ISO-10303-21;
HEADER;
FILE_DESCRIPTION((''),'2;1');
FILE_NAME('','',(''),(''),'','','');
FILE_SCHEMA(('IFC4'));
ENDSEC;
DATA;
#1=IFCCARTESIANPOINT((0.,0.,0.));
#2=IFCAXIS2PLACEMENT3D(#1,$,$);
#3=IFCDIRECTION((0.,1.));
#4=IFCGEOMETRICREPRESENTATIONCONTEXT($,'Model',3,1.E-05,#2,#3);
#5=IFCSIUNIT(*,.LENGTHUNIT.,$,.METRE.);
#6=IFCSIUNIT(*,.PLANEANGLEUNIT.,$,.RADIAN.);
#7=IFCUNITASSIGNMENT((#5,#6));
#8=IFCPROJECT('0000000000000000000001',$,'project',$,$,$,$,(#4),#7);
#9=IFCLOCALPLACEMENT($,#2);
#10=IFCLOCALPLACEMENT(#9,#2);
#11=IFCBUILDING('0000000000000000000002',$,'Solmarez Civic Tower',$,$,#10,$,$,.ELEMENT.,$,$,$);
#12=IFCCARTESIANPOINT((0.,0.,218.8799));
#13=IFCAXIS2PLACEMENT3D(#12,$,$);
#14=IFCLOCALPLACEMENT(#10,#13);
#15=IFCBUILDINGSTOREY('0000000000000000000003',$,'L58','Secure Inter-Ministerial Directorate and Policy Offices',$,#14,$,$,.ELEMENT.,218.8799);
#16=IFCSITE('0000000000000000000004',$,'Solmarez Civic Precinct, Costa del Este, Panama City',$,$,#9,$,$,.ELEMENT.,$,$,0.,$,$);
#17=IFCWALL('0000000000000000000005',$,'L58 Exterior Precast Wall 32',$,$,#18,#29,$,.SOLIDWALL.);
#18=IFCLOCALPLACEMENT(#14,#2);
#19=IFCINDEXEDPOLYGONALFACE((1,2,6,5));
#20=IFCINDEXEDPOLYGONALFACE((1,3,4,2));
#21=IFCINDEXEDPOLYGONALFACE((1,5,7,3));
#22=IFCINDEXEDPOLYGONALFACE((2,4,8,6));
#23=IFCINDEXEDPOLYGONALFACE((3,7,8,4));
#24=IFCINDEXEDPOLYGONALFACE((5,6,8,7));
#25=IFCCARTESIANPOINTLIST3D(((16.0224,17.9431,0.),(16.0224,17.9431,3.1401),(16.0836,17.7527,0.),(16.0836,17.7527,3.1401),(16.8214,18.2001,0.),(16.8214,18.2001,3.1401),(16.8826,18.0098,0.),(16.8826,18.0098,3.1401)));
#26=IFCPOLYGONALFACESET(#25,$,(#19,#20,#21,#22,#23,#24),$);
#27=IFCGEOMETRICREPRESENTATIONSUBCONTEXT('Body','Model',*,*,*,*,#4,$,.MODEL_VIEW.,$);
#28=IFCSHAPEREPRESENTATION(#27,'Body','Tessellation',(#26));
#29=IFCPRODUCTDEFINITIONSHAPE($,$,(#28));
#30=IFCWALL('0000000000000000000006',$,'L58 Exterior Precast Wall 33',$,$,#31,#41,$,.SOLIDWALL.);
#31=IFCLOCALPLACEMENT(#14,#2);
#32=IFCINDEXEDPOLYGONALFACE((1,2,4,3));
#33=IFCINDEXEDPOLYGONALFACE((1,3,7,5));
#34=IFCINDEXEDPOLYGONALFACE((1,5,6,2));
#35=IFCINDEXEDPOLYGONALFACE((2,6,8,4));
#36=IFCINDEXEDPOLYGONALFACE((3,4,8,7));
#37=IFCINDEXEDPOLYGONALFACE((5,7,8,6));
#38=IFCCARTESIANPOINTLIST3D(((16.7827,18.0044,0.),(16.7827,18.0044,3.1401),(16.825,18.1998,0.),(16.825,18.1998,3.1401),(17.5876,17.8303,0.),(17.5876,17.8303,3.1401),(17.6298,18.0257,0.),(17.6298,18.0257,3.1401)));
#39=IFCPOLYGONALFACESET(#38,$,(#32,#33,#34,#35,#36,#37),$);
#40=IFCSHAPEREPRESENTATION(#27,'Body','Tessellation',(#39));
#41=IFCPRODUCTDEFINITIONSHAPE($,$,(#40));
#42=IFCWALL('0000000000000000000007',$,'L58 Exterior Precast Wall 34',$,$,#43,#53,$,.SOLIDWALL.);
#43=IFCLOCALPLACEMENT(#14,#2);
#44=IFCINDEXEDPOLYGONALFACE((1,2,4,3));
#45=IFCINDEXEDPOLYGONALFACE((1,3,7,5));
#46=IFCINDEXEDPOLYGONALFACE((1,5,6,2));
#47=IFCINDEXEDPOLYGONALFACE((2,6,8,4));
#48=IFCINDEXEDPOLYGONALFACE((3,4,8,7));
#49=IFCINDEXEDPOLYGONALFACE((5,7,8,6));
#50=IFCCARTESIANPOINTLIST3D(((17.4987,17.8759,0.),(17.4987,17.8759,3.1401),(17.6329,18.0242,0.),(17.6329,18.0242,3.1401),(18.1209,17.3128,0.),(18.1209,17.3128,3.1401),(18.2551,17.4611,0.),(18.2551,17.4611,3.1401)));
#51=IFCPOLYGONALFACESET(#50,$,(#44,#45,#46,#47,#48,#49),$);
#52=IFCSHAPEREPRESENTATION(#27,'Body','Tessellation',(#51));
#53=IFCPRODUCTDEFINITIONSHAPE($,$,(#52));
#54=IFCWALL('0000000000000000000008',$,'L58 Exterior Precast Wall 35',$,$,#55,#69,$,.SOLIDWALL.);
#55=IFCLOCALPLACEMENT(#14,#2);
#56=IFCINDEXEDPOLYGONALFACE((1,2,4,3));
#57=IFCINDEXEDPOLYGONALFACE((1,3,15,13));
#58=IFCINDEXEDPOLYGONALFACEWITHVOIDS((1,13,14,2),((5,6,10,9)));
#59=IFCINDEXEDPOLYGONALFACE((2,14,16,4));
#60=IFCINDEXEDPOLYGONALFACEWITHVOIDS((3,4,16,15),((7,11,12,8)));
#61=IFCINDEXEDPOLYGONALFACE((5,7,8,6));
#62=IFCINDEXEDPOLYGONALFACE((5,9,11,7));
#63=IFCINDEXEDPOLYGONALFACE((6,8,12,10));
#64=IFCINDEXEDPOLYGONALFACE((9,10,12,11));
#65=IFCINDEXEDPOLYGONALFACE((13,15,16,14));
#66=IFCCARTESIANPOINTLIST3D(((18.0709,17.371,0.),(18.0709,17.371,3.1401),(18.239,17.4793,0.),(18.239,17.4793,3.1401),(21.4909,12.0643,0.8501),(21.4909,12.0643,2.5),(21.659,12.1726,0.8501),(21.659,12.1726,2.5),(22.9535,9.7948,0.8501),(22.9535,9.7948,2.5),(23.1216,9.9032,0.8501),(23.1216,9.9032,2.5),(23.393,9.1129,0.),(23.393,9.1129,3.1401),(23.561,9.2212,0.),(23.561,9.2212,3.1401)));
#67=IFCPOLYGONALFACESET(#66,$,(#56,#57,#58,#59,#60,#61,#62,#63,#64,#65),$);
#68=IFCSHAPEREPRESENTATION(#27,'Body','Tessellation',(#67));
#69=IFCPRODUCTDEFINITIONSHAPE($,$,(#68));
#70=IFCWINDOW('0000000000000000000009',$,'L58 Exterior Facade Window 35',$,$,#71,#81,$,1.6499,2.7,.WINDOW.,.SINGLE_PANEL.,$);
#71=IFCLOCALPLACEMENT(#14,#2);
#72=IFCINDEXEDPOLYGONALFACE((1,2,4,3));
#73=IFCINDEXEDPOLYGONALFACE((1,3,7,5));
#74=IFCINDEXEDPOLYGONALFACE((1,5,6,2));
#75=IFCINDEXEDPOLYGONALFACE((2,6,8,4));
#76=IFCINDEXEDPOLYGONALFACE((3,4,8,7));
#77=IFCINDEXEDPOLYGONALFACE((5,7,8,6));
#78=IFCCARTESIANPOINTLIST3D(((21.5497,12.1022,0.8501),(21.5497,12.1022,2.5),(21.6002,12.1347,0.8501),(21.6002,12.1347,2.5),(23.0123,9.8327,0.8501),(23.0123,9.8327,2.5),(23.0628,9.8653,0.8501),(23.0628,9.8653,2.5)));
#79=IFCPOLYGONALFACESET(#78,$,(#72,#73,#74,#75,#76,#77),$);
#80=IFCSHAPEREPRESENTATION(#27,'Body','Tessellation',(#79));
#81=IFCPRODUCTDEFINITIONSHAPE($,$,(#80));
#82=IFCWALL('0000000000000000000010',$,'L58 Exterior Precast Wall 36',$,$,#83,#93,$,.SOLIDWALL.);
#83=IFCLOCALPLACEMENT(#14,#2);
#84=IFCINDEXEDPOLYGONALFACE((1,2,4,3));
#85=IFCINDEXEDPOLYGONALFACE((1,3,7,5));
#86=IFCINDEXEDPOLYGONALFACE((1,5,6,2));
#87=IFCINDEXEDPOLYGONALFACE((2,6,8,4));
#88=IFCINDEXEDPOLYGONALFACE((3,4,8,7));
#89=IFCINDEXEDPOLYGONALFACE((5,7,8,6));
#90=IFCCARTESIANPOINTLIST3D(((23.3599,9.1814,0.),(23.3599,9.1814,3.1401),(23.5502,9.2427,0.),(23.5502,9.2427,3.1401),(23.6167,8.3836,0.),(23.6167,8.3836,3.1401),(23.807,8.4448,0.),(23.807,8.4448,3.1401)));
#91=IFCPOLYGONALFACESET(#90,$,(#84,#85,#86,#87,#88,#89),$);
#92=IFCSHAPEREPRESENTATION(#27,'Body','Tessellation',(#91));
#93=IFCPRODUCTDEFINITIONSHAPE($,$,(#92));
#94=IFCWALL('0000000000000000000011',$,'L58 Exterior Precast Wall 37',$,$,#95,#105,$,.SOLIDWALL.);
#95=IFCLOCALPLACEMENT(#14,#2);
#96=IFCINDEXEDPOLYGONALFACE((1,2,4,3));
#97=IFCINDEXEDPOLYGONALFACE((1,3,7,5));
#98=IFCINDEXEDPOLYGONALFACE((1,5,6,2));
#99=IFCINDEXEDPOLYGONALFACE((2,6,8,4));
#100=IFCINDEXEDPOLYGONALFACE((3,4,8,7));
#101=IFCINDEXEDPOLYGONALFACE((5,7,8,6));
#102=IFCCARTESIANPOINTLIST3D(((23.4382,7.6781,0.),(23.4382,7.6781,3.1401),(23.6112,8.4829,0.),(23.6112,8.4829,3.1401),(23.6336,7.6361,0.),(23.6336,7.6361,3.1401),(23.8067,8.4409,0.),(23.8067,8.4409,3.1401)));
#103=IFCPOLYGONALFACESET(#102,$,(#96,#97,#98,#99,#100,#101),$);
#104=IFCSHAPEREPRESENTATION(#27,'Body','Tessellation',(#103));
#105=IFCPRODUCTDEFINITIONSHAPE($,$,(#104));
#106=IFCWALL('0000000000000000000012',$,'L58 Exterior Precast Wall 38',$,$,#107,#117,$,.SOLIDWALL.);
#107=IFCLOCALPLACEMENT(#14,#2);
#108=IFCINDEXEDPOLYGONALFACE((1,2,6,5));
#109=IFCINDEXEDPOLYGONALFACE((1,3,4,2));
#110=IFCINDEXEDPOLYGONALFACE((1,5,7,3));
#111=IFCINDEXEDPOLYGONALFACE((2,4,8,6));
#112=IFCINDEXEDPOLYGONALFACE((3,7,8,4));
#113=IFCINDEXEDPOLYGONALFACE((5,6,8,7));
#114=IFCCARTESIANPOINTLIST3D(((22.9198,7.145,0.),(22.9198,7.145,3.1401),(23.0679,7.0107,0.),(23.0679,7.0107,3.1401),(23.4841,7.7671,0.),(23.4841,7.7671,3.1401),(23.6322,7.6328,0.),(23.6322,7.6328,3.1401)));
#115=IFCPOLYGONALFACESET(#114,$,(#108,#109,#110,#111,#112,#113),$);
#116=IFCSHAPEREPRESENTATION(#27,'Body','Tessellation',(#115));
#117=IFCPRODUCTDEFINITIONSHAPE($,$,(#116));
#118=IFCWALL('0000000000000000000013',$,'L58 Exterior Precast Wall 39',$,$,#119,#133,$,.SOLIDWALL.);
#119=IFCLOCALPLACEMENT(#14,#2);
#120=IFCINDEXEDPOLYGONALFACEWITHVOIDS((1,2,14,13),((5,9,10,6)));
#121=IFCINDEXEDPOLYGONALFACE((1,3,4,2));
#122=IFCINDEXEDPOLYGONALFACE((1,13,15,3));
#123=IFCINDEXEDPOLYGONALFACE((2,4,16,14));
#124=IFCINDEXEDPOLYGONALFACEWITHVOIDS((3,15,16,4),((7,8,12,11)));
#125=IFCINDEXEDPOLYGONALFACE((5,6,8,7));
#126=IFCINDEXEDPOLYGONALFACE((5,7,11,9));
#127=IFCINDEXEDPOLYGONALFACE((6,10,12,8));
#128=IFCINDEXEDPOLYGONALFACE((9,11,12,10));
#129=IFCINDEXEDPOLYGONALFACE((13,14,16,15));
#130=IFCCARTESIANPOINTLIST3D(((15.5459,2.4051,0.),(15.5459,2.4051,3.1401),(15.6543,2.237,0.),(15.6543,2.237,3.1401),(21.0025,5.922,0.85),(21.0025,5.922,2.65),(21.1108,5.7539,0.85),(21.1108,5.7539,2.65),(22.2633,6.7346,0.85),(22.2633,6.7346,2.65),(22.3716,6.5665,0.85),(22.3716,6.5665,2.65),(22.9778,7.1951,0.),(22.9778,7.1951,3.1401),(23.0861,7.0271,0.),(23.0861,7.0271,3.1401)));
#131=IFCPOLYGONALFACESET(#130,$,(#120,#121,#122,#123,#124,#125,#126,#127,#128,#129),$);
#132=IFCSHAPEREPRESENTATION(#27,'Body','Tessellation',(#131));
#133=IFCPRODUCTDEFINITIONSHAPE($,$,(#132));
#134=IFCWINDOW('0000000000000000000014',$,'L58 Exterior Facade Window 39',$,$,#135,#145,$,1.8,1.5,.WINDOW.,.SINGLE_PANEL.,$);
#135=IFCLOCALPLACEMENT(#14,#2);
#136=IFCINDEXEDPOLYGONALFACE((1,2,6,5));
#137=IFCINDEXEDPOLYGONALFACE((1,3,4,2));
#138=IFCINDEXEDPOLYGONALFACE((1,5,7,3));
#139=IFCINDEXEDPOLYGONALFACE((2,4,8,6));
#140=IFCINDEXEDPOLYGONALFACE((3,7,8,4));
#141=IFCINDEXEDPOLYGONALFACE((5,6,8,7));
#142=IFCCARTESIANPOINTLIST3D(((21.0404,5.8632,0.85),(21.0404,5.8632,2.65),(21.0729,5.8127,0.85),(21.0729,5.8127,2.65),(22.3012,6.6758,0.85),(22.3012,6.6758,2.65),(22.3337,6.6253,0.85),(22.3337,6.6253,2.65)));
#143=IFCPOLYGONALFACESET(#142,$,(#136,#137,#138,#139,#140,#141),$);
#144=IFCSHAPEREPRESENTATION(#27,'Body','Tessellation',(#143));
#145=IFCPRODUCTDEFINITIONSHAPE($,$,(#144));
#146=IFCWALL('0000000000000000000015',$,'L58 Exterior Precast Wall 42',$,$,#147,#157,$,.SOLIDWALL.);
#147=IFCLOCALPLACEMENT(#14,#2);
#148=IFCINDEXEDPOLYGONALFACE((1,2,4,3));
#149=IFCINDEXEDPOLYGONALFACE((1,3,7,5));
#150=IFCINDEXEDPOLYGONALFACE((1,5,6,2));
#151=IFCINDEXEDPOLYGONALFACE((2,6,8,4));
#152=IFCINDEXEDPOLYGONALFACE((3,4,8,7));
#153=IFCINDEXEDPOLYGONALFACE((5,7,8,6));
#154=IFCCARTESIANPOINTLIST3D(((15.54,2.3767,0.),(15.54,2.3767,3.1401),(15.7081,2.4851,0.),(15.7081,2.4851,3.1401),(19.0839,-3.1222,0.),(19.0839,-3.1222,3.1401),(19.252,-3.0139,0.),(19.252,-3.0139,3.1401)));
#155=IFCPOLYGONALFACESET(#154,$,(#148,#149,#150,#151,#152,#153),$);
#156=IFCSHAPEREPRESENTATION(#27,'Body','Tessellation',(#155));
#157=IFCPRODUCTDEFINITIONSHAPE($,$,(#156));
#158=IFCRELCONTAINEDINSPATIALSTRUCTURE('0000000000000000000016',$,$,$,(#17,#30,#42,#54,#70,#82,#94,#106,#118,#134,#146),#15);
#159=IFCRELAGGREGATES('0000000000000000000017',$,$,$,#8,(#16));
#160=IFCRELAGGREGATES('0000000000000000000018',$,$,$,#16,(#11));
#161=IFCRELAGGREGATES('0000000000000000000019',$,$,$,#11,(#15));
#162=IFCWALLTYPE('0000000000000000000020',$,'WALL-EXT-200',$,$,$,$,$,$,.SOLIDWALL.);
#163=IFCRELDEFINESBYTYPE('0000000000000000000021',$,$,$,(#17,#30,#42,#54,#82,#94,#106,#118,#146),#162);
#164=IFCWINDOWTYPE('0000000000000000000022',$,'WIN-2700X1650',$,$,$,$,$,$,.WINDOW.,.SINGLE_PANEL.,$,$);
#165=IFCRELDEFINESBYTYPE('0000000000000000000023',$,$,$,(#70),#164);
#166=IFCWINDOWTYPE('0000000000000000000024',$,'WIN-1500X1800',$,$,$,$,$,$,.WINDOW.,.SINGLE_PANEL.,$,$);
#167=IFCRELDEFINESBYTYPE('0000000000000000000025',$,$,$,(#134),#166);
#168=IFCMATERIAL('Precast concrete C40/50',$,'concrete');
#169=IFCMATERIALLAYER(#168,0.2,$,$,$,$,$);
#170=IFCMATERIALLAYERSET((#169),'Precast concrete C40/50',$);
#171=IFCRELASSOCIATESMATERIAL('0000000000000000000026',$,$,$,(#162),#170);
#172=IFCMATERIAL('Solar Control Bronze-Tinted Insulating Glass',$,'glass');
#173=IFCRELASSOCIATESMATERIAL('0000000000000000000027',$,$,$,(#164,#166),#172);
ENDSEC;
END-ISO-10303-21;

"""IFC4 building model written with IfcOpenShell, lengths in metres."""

from ifc_helpers import new_model, si_unit, direction, frame, frame_2d, origin, place, context, subcontext, project, spatial, rectangle, extrude, material, layer, layer_set, type_object, element, fill, save


model = new_model("IFC4")

# Units and contexts
model_context = context("Model", 3, precision=1e-05, world=origin(), true_north=direction((0.0, 1.0)))
body_context = subcontext(model_context, "Body", "Model", "MODEL_VIEW")
ifc_project = project(units=[si_unit("LENGTHUNIT", "METRE"), si_unit("PLANEANGLEUNIT", "RADIAN")], contexts=[model_context])

# Site, building, storey
site_placement = place(None, origin())
site = spatial("IfcSite", under=ifc_project, at=site_placement, Name="Solmarez Civic Precinct, Costa del Este, Panama City", CompositionType="ELEMENT", RefElevation=0.0)
building_placement = place(site_placement, origin())
building = spatial("IfcBuilding", under=site, at=building_placement, Name="Solmarez Civic Tower", CompositionType="ELEMENT")
storey_placement = place(building_placement, frame((0.0, 0.0, 218.8799)))
storey = spatial("IfcBuildingStorey", under=building, at=storey_placement, Name="L58", Description="Secure Inter-Ministerial Directorate and Policy Offices", CompositionType="ELEMENT", Elevation=218.8799)

# Walls
ifc_material_1 = material(Name="Precast concrete C40/50", Category="concrete")
ifc_layer_1 = layer(ifc_material_1, 0.2)
ifc_layer_set_1 = layer_set([ifc_layer_1], Name="Precast concrete C40/50")
wall_type_1 = type_object("IfcWallType", Name="WALL-EXT-200", PredefinedType="SOLIDWALL", material=ifc_layer_set_1)
wall_1_placement = place(storey_placement, frame((16.053, 17.8479, 0.0), z_axis=(0.0, 0.0, 1.0), x_axis=(0.951947, 0.306263, 0.0)))
element("IfcWall", 1, at=wall_1_placement, inside=storey, type_object=wall_type_1, Name="L58 Exterior Precast Wall 32", PredefinedType="SOLIDWALL", context=body_context, shape_type="SweptSolid", body=[
    extrude(rectangle(XDim=0.8394, YDim=0.2, at=frame_2d((0.4197, 0.0))), origin(), (0.0, 0.0, 1.0), 3.1401),
])
wall_2_placement = place(storey_placement, frame((16.804, 18.1021, 0.0), z_axis=(0.0, 0.0, 1.0), x_axis=(0.977406, -0.211371, 0.0)))
element("IfcWall", 2, at=wall_2_placement, inside=storey, type_object=wall_type_1, Name="L58 Exterior Precast Wall 33", PredefinedType="SOLIDWALL", context=body_context, shape_type="SweptSolid", body=[
    extrude(rectangle(XDim=0.8235, YDim=0.2, at=frame_2d((0.4116, 0.0))), origin(), (0.0, 0.0, 1.0), 3.1401),
])
wall_3_placement = place(storey_placement, frame((17.5659, 17.95, 0.0), z_axis=(0.0, 0.0, 1.0), x_axis=(0.741439, -0.67102, 0.0)))
element("IfcWall", 3, at=wall_3_placement, inside=storey, type_object=wall_type_1, Name="L58 Exterior Precast Wall 34", PredefinedType="SOLIDWALL", context=body_context, shape_type="SweptSolid", body=[
    extrude(rectangle(XDim=0.8391, YDim=0.2, at=frame_2d((0.4194, 0.0))), origin(), (0.0, 0.0, 1.0), 3.1401),
])

# Wall, opening, window
wall_4_placement = place(storey_placement, frame((18.155, 17.425, 0.0), z_axis=(0.0, 0.0, 1.0), x_axis=(0.541713, -0.840563, 0.0)))
wall_4 = element("IfcWall", 4, at=wall_4_placement, inside=storey, type_object=wall_type_1, Name="L58 Exterior Precast Wall 35", PredefinedType="SOLIDWALL", context=body_context, shape_type="SweptSolid", body=[
    extrude(rectangle(XDim=9.8245, YDim=0.2, at=frame_2d((4.9121, 0.0))), origin(), (0.0, 0.0, 1.0), 3.1401),
])
opening_1_placement = place(wall_4_placement, frame((6.313, 0.0, 0.8501)))
opening_1 = element("IfcOpeningElement", 5, at=opening_1_placement, cuts=wall_4, PredefinedType="OPENING", context=body_context, shape_type="SweptSolid", body=[
    extrude(rectangle(XDim=2.7, YDim=1.6499, at=frame_2d((1.3501, 0.825))), frame((0.0, 0.1099, 0.0), z_axis=(0.0, -1.0, 0.0), x_axis=(1.0, 0.0, 0.0)), (0.0, 0.0, 1.0), 0.22),
])
ifc_material_2 = material(Name="Solar Control Bronze-Tinted Insulating Glass", Category="glass")
window_type_1 = type_object("IfcWindowType", Name="WIN-2700X1650", PartitioningType="SINGLE_PANEL", PredefinedType="WINDOW", material=ifc_material_2)
window_1_placement = place(opening_1_placement, origin())
window_1 = element("IfcWindow", 6, at=window_1_placement, inside=storey, type_object=window_type_1, Name="L58 Exterior Facade Window 35", OverallHeight=1.6499, OverallWidth=2.7, PartitioningType="SINGLE_PANEL", PredefinedType="WINDOW", context=body_context, shape_type="SweptSolid", body=[
    extrude(rectangle(XDim=2.7, YDim=1.6499, at=frame_2d((1.3501, 0.825))), frame((0.0, 0.03, 0.0), z_axis=(0.0, -1.0, 0.0), x_axis=(1.0, 0.0, 0.0)), (0.0, 0.0, 1.0), 0.0601),
])
fill(opening_1, window_1)

# Walls
wall_5_placement = place(storey_placement, frame((23.4551, 9.2119, 0.0), z_axis=(0.0, 0.0, 1.0), x_axis=(0.306424, -0.951895, 0.0)))
element("IfcWall", 7, at=wall_5_placement, inside=storey, type_object=wall_type_1, Name="L58 Exterior Precast Wall 36", PredefinedType="SOLIDWALL", context=body_context, shape_type="SweptSolid", body=[
    extrude(rectangle(XDim=0.8381, YDim=0.2, at=frame_2d((0.4189, 0.0))), origin(), (0.0, 0.0, 1.0), 3.1401),
])
wall_6_placement = place(storey_placement, frame((23.709, 8.4619, 0.0), z_axis=(0.0, 0.0, 1.0), x_axis=(-0.210238, -0.97765, 0.0)))
element("IfcWall", 8, at=wall_6_placement, inside=storey, type_object=wall_type_1, Name="L58 Exterior Precast Wall 37", PredefinedType="SOLIDWALL", context=body_context, shape_type="SweptSolid", body=[
    extrude(rectangle(XDim=0.8232, YDim=0.2, at=frame_2d((0.4116, 0.0))), origin(), (0.0, 0.0, 1.0), 3.1401),
])
wall_7_placement = place(storey_placement, frame((23.5581, 7.7, 0.0), z_axis=(0.0, 0.0, 1.0), x_axis=(-0.671819, -0.740716, 0.0)))
element("IfcWall", 9, at=wall_7_placement, inside=storey, type_object=wall_type_1, Name="L58 Exterior Precast Wall 38", PredefinedType="SOLIDWALL", context=body_context, shape_type="SweptSolid", body=[
    extrude(rectangle(XDim=0.8398, YDim=0.2, at=frame_2d((0.4199, 0.0))), origin(), (0.0, 0.0, 1.0), 3.1401),
])

# Wall, opening, window
wall_8_placement = place(storey_placement, frame((23.032, 7.1111, 0.0), z_axis=(0.0, 0.0, 1.0), x_axis=(-0.84054, -0.541749, 0.0)))
wall_8 = element("IfcWall", 10, at=wall_8_placement, inside=storey, type_object=wall_type_1, Name="L58 Exterior Precast Wall 39", PredefinedType="SOLIDWALL", context=body_context, shape_type="SweptSolid", body=[
    extrude(rectangle(XDim=8.8418, YDim=0.2, at=frame_2d((4.4209, 0.0))), origin(), (0.0, 0.0, 1.0), 3.1401),
])
opening_2_placement = place(wall_8_placement, frame((0.8501, 0.0, 0.8501)))
opening_2 = element("IfcOpeningElement", 11, at=opening_2_placement, cuts=wall_8, PredefinedType="OPENING", context=body_context, shape_type="SweptSolid", body=[
    extrude(rectangle(XDim=1.5, YDim=1.8, at=frame_2d((0.75, 0.8999))), frame((0.0, 0.1099, 0.0), z_axis=(0.0, -1.0, 0.0), x_axis=(1.0, 0.0, 0.0)), (0.0, 0.0, 1.0), 0.22),
])
window_type_2 = type_object("IfcWindowType", Name="WIN-1500X1800", PartitioningType="SINGLE_PANEL", PredefinedType="WINDOW", material=ifc_material_2)
window_2_placement = place(opening_2_placement, origin())
window_2 = element("IfcWindow", 12, at=window_2_placement, inside=storey, type_object=window_type_2, Name="L58 Exterior Facade Window 39", OverallHeight=1.8, OverallWidth=1.5, PartitioningType="SINGLE_PANEL", PredefinedType="WINDOW", context=body_context, shape_type="SweptSolid", body=[
    extrude(rectangle(XDim=1.5, YDim=1.8, at=frame_2d((0.75, 0.8999))), frame((0.0, 0.03, 0.0), z_axis=(0.0, -1.0, 0.0), x_axis=(1.0, 0.0, 0.0)), (0.0, 0.0, 1.0), 0.0601),
])
fill(opening_2, window_2)

# Wall
wall_9_placement = place(storey_placement, frame((15.624, 2.4309, 0.0), z_axis=(0.0, 0.0, 1.0), x_axis=(0.541715, -0.840562, 0.0)))
element("IfcWall", 13, at=wall_9_placement, inside=storey, type_object=wall_type_1, Name="L58 Exterior Precast Wall 42", PredefinedType="SOLIDWALL", context=body_context, shape_type="SweptSolid", body=[
    extrude(rectangle(XDim=6.542, YDim=0.2, at=frame_2d((3.271, 0.0))), origin(), (0.0, 0.0, 1.0), 3.1401),
])

save(model, "model.ifc")
